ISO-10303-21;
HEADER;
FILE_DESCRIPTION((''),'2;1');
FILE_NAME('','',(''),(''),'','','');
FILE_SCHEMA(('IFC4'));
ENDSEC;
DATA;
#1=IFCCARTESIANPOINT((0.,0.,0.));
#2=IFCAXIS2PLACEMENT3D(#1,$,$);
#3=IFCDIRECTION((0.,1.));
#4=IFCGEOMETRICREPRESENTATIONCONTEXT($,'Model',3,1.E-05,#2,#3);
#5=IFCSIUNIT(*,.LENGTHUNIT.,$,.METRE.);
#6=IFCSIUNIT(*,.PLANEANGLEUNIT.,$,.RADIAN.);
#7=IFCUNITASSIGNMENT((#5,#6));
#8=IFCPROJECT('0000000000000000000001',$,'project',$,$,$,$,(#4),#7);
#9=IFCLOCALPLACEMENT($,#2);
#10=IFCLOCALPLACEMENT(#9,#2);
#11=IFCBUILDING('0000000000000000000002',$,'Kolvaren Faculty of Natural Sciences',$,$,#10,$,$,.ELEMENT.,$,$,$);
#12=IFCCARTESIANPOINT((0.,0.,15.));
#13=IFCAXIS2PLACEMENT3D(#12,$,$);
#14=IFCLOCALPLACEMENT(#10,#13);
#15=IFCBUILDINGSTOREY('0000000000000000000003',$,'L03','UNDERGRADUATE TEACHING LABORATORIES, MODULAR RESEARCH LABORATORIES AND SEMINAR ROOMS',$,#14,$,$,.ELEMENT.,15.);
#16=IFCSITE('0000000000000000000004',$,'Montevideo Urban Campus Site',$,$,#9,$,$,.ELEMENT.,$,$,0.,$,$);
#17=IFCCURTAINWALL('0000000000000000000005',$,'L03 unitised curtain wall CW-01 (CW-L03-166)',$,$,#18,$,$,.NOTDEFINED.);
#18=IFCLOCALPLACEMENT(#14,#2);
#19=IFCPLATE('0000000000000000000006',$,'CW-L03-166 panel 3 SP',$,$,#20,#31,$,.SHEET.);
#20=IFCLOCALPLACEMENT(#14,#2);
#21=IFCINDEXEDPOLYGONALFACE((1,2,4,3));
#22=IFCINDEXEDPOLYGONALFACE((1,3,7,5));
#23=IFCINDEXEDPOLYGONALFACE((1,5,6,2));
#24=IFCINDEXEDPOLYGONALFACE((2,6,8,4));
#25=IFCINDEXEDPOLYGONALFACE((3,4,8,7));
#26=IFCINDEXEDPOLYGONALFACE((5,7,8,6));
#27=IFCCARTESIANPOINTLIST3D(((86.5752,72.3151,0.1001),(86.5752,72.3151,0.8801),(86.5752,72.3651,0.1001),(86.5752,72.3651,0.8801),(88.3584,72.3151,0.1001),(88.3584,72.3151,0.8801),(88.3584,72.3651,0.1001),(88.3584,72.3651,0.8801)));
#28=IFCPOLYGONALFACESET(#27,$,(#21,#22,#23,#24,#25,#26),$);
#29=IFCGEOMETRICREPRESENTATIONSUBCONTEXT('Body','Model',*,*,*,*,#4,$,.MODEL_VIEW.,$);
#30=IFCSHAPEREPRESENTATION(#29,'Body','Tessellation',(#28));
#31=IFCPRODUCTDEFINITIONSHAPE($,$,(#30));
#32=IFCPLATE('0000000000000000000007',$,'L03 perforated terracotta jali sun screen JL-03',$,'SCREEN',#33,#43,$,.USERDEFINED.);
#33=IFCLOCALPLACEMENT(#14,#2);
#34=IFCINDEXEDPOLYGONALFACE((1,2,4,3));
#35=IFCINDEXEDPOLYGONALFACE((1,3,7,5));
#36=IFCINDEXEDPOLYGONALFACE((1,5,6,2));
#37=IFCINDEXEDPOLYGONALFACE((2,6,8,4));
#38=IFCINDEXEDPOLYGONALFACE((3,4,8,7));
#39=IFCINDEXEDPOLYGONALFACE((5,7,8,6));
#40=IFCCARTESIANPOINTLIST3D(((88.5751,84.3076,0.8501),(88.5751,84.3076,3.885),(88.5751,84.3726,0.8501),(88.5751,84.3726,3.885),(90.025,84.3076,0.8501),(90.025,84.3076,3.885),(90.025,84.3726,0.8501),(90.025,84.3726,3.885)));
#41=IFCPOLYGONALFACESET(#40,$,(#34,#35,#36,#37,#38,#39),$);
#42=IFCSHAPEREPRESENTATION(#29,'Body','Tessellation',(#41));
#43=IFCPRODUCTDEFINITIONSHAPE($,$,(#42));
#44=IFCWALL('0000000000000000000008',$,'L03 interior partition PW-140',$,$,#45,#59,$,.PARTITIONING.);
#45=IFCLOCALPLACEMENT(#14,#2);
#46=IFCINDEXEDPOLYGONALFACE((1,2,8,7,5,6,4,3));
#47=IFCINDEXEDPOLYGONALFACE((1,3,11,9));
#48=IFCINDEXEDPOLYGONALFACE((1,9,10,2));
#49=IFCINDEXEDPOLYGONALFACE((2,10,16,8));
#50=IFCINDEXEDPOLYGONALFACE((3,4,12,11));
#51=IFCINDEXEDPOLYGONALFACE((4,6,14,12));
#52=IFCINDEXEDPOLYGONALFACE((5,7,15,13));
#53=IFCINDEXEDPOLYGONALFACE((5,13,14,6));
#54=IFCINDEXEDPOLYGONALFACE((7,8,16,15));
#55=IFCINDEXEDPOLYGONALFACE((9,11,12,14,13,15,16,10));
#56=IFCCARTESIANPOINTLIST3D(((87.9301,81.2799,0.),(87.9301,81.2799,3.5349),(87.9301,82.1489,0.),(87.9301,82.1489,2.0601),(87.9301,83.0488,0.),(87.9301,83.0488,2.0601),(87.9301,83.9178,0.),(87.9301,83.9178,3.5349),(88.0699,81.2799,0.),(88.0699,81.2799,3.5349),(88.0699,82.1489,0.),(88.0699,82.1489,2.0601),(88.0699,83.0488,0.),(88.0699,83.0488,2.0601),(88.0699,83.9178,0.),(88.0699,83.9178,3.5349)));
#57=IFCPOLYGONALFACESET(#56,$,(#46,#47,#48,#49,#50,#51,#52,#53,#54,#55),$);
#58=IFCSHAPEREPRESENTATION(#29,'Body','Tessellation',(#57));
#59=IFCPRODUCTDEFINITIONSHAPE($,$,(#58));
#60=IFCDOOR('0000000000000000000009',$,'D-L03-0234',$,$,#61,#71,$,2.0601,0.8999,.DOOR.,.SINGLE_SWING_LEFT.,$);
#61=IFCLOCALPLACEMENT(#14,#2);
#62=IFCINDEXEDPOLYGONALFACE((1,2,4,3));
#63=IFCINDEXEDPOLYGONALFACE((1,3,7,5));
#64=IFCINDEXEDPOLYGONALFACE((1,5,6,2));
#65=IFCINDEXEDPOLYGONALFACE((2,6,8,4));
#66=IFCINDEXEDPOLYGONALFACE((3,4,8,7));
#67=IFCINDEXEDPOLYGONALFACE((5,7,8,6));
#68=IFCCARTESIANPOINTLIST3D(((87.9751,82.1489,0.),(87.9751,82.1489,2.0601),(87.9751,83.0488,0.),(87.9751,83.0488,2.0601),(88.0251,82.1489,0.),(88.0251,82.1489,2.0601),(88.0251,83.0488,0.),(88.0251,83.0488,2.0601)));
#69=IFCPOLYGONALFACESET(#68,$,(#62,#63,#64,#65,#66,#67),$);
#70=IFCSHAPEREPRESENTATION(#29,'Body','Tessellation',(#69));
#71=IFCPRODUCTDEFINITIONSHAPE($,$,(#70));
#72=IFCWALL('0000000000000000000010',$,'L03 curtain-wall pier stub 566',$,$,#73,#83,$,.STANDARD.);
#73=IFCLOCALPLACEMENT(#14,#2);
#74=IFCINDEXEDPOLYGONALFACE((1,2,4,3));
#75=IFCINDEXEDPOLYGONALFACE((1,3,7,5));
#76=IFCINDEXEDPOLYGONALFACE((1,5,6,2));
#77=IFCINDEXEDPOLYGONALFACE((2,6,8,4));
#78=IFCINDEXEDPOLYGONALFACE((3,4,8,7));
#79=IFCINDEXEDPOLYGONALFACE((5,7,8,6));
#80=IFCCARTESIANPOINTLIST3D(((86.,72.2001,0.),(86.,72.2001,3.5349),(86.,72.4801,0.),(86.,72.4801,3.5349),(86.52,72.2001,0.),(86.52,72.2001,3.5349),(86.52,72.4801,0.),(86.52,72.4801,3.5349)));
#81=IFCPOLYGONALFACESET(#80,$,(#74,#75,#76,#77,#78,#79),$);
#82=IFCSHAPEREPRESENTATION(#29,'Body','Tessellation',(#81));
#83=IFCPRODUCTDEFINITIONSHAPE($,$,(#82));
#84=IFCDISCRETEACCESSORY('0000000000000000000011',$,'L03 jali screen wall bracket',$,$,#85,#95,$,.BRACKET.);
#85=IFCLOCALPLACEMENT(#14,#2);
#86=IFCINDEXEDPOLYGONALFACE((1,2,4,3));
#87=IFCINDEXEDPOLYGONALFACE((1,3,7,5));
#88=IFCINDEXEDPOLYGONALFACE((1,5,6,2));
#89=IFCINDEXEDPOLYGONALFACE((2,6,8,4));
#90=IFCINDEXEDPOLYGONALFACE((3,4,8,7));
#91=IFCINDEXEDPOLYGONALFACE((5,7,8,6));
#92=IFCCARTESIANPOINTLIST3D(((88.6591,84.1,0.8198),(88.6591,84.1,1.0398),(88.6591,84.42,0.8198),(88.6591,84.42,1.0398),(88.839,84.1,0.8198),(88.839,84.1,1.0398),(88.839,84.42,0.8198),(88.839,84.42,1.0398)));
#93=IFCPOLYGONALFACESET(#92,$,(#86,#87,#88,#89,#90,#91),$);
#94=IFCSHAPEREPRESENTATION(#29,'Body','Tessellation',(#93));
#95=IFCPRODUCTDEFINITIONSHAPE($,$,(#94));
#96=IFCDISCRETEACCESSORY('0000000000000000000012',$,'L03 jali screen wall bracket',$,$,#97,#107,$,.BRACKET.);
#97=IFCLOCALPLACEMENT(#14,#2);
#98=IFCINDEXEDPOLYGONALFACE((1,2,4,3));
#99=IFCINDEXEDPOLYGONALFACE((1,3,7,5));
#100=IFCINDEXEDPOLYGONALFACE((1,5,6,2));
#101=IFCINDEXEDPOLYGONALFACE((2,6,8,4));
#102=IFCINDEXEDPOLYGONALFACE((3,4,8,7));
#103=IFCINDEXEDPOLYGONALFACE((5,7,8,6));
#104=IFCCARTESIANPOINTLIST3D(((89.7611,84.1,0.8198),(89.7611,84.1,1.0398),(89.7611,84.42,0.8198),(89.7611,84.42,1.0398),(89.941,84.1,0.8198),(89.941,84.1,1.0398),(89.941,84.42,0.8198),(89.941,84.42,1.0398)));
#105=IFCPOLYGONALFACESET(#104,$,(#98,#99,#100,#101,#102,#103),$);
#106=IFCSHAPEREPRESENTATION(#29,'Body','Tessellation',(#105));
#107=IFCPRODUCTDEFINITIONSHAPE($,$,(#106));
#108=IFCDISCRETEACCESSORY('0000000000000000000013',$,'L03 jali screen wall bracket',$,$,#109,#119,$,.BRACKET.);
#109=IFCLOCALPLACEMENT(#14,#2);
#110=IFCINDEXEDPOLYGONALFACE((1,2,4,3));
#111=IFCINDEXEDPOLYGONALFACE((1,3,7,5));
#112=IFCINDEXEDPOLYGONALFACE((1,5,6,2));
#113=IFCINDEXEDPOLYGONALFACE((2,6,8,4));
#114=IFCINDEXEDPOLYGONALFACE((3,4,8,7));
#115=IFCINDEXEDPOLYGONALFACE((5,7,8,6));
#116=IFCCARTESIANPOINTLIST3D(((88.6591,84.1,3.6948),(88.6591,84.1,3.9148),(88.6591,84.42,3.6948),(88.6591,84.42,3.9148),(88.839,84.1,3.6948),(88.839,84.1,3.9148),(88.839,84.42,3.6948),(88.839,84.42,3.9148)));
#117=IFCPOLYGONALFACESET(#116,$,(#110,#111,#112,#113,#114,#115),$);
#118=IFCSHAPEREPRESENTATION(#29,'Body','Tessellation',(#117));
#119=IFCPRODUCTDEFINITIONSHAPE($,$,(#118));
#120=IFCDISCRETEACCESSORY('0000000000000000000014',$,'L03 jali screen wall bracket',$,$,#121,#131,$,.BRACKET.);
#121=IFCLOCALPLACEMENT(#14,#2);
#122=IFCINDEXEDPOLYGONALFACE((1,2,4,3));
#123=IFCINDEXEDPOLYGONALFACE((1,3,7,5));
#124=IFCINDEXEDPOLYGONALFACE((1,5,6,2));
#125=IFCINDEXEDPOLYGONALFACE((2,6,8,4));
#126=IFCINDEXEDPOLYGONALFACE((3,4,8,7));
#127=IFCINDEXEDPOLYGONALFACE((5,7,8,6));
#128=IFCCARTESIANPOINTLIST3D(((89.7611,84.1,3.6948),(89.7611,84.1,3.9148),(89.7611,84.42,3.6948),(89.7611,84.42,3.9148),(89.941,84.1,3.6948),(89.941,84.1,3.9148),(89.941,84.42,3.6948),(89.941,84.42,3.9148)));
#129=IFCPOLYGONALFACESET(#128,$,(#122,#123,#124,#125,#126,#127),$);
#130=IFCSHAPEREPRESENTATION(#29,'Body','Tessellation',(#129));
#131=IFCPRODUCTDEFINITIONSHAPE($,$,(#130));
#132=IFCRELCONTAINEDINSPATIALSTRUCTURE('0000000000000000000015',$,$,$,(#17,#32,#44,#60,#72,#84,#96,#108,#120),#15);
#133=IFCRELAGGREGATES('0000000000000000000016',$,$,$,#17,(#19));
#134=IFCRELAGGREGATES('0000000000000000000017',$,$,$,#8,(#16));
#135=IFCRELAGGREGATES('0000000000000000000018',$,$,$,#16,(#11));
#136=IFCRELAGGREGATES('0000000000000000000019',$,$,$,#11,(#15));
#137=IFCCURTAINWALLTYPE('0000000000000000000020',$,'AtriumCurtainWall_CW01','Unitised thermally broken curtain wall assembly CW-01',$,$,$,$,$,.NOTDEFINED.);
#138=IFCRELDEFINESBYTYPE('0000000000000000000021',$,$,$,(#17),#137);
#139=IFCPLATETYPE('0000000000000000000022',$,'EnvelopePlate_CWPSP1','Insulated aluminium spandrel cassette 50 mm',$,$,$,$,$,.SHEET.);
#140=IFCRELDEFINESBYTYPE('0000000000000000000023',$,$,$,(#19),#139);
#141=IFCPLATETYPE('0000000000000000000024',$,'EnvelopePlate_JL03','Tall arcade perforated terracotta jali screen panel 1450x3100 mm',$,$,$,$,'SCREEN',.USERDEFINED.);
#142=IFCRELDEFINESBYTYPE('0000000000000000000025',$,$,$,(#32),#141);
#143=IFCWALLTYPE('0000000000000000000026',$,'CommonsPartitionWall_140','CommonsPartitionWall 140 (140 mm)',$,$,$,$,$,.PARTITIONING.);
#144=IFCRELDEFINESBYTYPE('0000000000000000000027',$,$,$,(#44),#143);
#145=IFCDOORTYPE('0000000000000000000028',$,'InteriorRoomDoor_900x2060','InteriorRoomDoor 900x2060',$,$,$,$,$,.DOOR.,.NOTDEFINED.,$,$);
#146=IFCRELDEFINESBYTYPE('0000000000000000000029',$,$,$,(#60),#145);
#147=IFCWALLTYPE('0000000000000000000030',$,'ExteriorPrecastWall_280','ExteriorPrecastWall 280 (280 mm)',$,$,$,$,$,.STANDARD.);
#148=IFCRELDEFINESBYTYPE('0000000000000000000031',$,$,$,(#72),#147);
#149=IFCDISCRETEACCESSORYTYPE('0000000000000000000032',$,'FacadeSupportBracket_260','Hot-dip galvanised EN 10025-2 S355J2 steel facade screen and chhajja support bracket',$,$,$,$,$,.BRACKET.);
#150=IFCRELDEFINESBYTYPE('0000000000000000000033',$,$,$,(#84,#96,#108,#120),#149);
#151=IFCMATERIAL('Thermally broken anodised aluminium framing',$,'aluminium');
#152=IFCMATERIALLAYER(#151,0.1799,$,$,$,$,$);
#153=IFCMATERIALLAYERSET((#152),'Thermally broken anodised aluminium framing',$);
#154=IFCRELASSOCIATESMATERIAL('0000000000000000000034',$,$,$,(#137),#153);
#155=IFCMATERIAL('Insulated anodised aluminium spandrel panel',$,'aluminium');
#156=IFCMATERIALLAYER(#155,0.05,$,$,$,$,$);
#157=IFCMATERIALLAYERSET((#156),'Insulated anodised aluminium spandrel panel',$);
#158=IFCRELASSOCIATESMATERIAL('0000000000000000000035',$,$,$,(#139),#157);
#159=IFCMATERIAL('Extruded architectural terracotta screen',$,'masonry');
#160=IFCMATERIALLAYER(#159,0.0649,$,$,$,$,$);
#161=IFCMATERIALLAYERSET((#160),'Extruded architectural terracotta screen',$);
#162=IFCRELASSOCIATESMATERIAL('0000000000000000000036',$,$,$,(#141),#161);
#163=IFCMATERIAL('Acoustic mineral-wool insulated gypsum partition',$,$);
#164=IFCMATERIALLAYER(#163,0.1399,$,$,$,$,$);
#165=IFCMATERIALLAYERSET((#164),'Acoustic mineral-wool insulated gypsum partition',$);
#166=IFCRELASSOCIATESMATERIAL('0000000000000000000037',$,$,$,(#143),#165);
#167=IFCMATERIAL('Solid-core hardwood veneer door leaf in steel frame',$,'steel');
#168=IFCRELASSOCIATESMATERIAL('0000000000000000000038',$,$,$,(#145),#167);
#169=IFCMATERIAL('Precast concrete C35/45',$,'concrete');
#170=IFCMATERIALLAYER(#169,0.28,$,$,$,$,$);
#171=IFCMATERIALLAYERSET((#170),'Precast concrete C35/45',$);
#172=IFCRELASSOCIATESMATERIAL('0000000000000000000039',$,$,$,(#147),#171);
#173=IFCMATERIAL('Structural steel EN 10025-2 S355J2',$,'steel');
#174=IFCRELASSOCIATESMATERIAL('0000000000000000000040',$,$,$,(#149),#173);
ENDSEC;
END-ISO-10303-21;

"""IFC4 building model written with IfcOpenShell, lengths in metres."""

from ifc_helpers import new_model, si_unit, direction, frame, frame_2d, origin, origin_2d, place, context, subcontext, project, spatial, rectangle, extrude, material, layer, layer_set, type_object, element, fill, aggregate, save


model = new_model("IFC4")

# Units and contexts
model_context = context("Model", 3, precision=1e-05, world=origin(), true_north=direction((0.0, 1.0)))
body_context = subcontext(model_context, "Body", "Model", "MODEL_VIEW")
ifc_project = project(units=[si_unit("LENGTHUNIT", "METRE"), si_unit("PLANEANGLEUNIT", "RADIAN")], contexts=[model_context])

# Site, building, storey
site_placement = place(None, origin())
site = spatial("IfcSite", under=ifc_project, at=site_placement, Name="Montevideo Urban Campus Site", CompositionType="ELEMENT", RefElevation=0.0)
building_placement = place(site_placement, origin())
building = spatial("IfcBuilding", under=site, at=building_placement, Name="Kolvaren Faculty of Natural Sciences", CompositionType="ELEMENT")
storey_placement = place(building_placement, frame((0.0, 0.0, 15.0)))
storey = spatial("IfcBuildingStorey", under=building, at=storey_placement, Name="L03", Description="UNDERGRADUATE TEACHING LABORATORIES, MODULAR RESEARCH LABORATORIES AND SEMINAR ROOMS", CompositionType="ELEMENT", Elevation=15.0)

# Curtain wall
ifc_material_1 = material(Name="Thermally broken anodised aluminium framing", Category="aluminium")
ifc_layer_1 = layer(ifc_material_1, 0.1799)
ifc_layer_set_1 = layer_set([ifc_layer_1], Name="Thermally broken anodised aluminium framing")
curtain_wall_type = type_object("IfcCurtainWallType", Name="AtriumCurtainWall_CW01", Description="Unitised thermally broken curtain wall assembly CW-01", PredefinedType="NOTDEFINED", material=ifc_layer_set_1)
curtain_wall_placement = place(storey_placement, origin())
curtain_wall = element("IfcCurtainWall", 1, at=curtain_wall_placement, inside=storey, type_object=curtain_wall_type, Name="L03 unitised curtain wall CW-01 (CW-L03-166)", PredefinedType="NOTDEFINED")

# Plates
ifc_material_2 = material(Name="Insulated anodised aluminium spandrel panel", Category="aluminium")
ifc_layer_2 = layer(ifc_material_2, 0.05)
ifc_layer_set_2 = layer_set([ifc_layer_2], Name="Insulated anodised aluminium spandrel panel")
plate_type_1 = type_object("IfcPlateType", Name="EnvelopePlate_CWPSP1", Description="Insulated aluminium spandrel cassette 50 mm", PredefinedType="SHEET", material=ifc_layer_set_2)
plate_1_placement = place(storey_placement, frame((87.4668, 72.3401, 0.1001), z_axis=(0.0, 0.0, 1.0), x_axis=(-1.0, 0.0, 0.0)))
plate_1 = element("IfcPlate", 2, at=plate_1_placement, type_object=plate_type_1, Name="CW-L03-166 panel 3 SP", PredefinedType="SHEET", context=body_context, shape_type="SweptSolid", body=[
    extrude(rectangle(XDim=1.7832, YDim=0.05, at=origin_2d()), origin(), (0.0, 0.0, 1.0), 0.78),
])
aggregate(curtain_wall, [plate_1])
ifc_material_3 = material(Name="Extruded architectural terracotta screen", Category="masonry")
ifc_layer_3 = layer(ifc_material_3, 0.0649)
ifc_layer_set_3 = layer_set([ifc_layer_3], Name="Extruded architectural terracotta screen")
plate_type_2 = type_object("IfcPlateType", Name="EnvelopePlate_JL03", Description="Tall arcade perforated terracotta jali screen panel 1450x3100 mm", ElementType="SCREEN", PredefinedType="USERDEFINED", material=ifc_layer_set_3)
plate_2_placement = place(storey_placement, frame((89.3, 84.3401, 0.8501), z_axis=(0.0, 0.0, 1.0), x_axis=(1.0, 0.0, 0.0)))
element("IfcPlate", 3, at=plate_2_placement, inside=storey, type_object=plate_type_2, Name="L03 perforated terracotta jali sun screen JL-03", ObjectType="SCREEN", PredefinedType="USERDEFINED", context=body_context, shape_type="SweptSolid", body=[
    extrude(rectangle(XDim=1.45, YDim=0.0649, at=origin_2d()), origin(), (0.0, 0.0, 1.0), 3.0349),
])

# Wall, opening, door
ifc_material_4 = material(Name="Acoustic mineral-wool insulated gypsum partition")
ifc_layer_4 = layer(ifc_material_4, 0.1399)
ifc_layer_set_4 = layer_set([ifc_layer_4], Name="Acoustic mineral-wool insulated gypsum partition")
wall_type_1 = type_object("IfcWallType", Name="CommonsPartitionWall_140", Description="CommonsPartitionWall 140 (140 mm)", PredefinedType="PARTITIONING", material=ifc_layer_set_4)
wall_1_placement = place(storey_placement, frame((88.0, 81.28, 0.0), z_axis=(0.0, 0.0, 1.0), x_axis=(0.0, 1.0, 0.0)))
wall_1 = element("IfcWall", 4, at=wall_1_placement, inside=storey, type_object=wall_type_1, Name="L03 interior partition PW-140", PredefinedType="PARTITIONING", context=body_context, shape_type="SweptSolid", body=[
    extrude(rectangle(XDim=2.6379, YDim=0.1399, at=frame_2d((1.3188, 0.0))), origin(), (0.0, 0.0, 1.0), 3.5349),
])
opening_placement = place(wall_1_placement, frame((0.8689, 0.0, 0.0)))
opening = element("IfcOpeningElement", 5, at=opening_placement, cuts=wall_1, PredefinedType="OPENING", context=body_context, shape_type="SweptSolid", body=[
    extrude(rectangle(XDim=0.8999, YDim=2.0601, at=frame_2d((0.45, 1.03))), frame((0.0, 0.0798, 0.0), z_axis=(0.0, -1.0, 0.0), x_axis=(1.0, 0.0, 0.0)), (0.0, 0.0, 1.0), 0.1599),
])
ifc_material_5 = material(Name="Solid-core hardwood veneer door leaf in steel frame", Category="steel")
door_type = type_object("IfcDoorType", Name="InteriorRoomDoor_900x2060", Description="InteriorRoomDoor 900x2060", OperationType="NOTDEFINED", PredefinedType="DOOR", material=ifc_material_5)
door_placement = place(opening_placement, origin())
door = element("IfcDoor", 6, at=door_placement, inside=storey, type_object=door_type, Name="D-L03-0234", OperationType="SINGLE_SWING_LEFT", OverallHeight=2.0601, OverallWidth=0.8999, PredefinedType="DOOR", context=body_context, shape_type="SweptSolid", body=[
    extrude(rectangle(XDim=0.8999, YDim=2.0601, at=frame_2d((0.45, 1.03))), frame((0.0, 0.0249, 0.0), z_axis=(0.0, -1.0, 0.0), x_axis=(1.0, 0.0, 0.0)), (0.0, 0.0, 1.0), 0.05),
])
fill(opening, door)

# Wall
ifc_material_6 = material(Name="Precast concrete C35/45", Category="concrete")
ifc_layer_5 = layer(ifc_material_6, 0.28)
ifc_layer_set_5 = layer_set([ifc_layer_5], Name="Precast concrete C35/45")
wall_type_2 = type_object("IfcWallType", Name="ExteriorPrecastWall_280", Description="ExteriorPrecastWall 280 (280 mm)", PredefinedType="STANDARD", material=ifc_layer_set_5)
wall_2_placement = place(storey_placement, frame((86.52, 72.3401, 0.0), z_axis=(0.0, 0.0, 1.0), x_axis=(-1.0, 0.0, 0.0)))
element("IfcWall", 7, at=wall_2_placement, inside=storey, type_object=wall_type_2, Name="L03 curtain-wall pier stub 566", PredefinedType="STANDARD", context=body_context, shape_type="SweptSolid", body=[
    extrude(rectangle(XDim=0.52, YDim=0.28, at=frame_2d((0.26, 0.0))), origin(), (0.0, 0.0, 1.0), 3.5349),
])

# Discrete accessories
ifc_material_7 = material(Name="Structural steel EN 10025-2 S355J2", Category="steel")
discrete_accessory_type = type_object("IfcDiscreteAccessoryType", Name="FacadeSupportBracket_260", Description="Hot-dip galvanised EN 10025-2 S355J2 steel facade screen and chhajja support bracket", PredefinedType="BRACKET", material=ifc_material_7)
for number, where, z_axis, x_axis, name in (
    (8, (88.749, 84.26, 0.8198), (0.0, 0.0, 1.0), (1.0, 0.0, 0.0), "L03 jali screen wall bracket"),
    (9, (89.8511, 84.26, 0.8198), (0.0, 0.0, 1.0), (1.0, 0.0, 0.0), "L03 jali screen wall bracket"),
    (10, (88.749, 84.26, 3.6948), (0.0, 0.0, 1.0), (1.0, 0.0, 0.0), "L03 jali screen wall bracket"),
    (11, (89.8511, 84.26, 3.6948), (0.0, 0.0, 1.0), (1.0, 0.0, 0.0), "L03 jali screen wall bracket"),
):
    element("IfcDiscreteAccessory", number, at=place(storey_placement, frame(where, z_axis=z_axis, x_axis=x_axis)), inside=storey, type_object=discrete_accessory_type, Name=name, PredefinedType="BRACKET", context=body_context, shape_type="SweptSolid", body=[
        extrude(rectangle(XDim=0.1799, YDim=0.3201, at=origin_2d()), origin(), (0.0, 0.0, 1.0), 0.22),
    ])

save(model, "model.ifc")
